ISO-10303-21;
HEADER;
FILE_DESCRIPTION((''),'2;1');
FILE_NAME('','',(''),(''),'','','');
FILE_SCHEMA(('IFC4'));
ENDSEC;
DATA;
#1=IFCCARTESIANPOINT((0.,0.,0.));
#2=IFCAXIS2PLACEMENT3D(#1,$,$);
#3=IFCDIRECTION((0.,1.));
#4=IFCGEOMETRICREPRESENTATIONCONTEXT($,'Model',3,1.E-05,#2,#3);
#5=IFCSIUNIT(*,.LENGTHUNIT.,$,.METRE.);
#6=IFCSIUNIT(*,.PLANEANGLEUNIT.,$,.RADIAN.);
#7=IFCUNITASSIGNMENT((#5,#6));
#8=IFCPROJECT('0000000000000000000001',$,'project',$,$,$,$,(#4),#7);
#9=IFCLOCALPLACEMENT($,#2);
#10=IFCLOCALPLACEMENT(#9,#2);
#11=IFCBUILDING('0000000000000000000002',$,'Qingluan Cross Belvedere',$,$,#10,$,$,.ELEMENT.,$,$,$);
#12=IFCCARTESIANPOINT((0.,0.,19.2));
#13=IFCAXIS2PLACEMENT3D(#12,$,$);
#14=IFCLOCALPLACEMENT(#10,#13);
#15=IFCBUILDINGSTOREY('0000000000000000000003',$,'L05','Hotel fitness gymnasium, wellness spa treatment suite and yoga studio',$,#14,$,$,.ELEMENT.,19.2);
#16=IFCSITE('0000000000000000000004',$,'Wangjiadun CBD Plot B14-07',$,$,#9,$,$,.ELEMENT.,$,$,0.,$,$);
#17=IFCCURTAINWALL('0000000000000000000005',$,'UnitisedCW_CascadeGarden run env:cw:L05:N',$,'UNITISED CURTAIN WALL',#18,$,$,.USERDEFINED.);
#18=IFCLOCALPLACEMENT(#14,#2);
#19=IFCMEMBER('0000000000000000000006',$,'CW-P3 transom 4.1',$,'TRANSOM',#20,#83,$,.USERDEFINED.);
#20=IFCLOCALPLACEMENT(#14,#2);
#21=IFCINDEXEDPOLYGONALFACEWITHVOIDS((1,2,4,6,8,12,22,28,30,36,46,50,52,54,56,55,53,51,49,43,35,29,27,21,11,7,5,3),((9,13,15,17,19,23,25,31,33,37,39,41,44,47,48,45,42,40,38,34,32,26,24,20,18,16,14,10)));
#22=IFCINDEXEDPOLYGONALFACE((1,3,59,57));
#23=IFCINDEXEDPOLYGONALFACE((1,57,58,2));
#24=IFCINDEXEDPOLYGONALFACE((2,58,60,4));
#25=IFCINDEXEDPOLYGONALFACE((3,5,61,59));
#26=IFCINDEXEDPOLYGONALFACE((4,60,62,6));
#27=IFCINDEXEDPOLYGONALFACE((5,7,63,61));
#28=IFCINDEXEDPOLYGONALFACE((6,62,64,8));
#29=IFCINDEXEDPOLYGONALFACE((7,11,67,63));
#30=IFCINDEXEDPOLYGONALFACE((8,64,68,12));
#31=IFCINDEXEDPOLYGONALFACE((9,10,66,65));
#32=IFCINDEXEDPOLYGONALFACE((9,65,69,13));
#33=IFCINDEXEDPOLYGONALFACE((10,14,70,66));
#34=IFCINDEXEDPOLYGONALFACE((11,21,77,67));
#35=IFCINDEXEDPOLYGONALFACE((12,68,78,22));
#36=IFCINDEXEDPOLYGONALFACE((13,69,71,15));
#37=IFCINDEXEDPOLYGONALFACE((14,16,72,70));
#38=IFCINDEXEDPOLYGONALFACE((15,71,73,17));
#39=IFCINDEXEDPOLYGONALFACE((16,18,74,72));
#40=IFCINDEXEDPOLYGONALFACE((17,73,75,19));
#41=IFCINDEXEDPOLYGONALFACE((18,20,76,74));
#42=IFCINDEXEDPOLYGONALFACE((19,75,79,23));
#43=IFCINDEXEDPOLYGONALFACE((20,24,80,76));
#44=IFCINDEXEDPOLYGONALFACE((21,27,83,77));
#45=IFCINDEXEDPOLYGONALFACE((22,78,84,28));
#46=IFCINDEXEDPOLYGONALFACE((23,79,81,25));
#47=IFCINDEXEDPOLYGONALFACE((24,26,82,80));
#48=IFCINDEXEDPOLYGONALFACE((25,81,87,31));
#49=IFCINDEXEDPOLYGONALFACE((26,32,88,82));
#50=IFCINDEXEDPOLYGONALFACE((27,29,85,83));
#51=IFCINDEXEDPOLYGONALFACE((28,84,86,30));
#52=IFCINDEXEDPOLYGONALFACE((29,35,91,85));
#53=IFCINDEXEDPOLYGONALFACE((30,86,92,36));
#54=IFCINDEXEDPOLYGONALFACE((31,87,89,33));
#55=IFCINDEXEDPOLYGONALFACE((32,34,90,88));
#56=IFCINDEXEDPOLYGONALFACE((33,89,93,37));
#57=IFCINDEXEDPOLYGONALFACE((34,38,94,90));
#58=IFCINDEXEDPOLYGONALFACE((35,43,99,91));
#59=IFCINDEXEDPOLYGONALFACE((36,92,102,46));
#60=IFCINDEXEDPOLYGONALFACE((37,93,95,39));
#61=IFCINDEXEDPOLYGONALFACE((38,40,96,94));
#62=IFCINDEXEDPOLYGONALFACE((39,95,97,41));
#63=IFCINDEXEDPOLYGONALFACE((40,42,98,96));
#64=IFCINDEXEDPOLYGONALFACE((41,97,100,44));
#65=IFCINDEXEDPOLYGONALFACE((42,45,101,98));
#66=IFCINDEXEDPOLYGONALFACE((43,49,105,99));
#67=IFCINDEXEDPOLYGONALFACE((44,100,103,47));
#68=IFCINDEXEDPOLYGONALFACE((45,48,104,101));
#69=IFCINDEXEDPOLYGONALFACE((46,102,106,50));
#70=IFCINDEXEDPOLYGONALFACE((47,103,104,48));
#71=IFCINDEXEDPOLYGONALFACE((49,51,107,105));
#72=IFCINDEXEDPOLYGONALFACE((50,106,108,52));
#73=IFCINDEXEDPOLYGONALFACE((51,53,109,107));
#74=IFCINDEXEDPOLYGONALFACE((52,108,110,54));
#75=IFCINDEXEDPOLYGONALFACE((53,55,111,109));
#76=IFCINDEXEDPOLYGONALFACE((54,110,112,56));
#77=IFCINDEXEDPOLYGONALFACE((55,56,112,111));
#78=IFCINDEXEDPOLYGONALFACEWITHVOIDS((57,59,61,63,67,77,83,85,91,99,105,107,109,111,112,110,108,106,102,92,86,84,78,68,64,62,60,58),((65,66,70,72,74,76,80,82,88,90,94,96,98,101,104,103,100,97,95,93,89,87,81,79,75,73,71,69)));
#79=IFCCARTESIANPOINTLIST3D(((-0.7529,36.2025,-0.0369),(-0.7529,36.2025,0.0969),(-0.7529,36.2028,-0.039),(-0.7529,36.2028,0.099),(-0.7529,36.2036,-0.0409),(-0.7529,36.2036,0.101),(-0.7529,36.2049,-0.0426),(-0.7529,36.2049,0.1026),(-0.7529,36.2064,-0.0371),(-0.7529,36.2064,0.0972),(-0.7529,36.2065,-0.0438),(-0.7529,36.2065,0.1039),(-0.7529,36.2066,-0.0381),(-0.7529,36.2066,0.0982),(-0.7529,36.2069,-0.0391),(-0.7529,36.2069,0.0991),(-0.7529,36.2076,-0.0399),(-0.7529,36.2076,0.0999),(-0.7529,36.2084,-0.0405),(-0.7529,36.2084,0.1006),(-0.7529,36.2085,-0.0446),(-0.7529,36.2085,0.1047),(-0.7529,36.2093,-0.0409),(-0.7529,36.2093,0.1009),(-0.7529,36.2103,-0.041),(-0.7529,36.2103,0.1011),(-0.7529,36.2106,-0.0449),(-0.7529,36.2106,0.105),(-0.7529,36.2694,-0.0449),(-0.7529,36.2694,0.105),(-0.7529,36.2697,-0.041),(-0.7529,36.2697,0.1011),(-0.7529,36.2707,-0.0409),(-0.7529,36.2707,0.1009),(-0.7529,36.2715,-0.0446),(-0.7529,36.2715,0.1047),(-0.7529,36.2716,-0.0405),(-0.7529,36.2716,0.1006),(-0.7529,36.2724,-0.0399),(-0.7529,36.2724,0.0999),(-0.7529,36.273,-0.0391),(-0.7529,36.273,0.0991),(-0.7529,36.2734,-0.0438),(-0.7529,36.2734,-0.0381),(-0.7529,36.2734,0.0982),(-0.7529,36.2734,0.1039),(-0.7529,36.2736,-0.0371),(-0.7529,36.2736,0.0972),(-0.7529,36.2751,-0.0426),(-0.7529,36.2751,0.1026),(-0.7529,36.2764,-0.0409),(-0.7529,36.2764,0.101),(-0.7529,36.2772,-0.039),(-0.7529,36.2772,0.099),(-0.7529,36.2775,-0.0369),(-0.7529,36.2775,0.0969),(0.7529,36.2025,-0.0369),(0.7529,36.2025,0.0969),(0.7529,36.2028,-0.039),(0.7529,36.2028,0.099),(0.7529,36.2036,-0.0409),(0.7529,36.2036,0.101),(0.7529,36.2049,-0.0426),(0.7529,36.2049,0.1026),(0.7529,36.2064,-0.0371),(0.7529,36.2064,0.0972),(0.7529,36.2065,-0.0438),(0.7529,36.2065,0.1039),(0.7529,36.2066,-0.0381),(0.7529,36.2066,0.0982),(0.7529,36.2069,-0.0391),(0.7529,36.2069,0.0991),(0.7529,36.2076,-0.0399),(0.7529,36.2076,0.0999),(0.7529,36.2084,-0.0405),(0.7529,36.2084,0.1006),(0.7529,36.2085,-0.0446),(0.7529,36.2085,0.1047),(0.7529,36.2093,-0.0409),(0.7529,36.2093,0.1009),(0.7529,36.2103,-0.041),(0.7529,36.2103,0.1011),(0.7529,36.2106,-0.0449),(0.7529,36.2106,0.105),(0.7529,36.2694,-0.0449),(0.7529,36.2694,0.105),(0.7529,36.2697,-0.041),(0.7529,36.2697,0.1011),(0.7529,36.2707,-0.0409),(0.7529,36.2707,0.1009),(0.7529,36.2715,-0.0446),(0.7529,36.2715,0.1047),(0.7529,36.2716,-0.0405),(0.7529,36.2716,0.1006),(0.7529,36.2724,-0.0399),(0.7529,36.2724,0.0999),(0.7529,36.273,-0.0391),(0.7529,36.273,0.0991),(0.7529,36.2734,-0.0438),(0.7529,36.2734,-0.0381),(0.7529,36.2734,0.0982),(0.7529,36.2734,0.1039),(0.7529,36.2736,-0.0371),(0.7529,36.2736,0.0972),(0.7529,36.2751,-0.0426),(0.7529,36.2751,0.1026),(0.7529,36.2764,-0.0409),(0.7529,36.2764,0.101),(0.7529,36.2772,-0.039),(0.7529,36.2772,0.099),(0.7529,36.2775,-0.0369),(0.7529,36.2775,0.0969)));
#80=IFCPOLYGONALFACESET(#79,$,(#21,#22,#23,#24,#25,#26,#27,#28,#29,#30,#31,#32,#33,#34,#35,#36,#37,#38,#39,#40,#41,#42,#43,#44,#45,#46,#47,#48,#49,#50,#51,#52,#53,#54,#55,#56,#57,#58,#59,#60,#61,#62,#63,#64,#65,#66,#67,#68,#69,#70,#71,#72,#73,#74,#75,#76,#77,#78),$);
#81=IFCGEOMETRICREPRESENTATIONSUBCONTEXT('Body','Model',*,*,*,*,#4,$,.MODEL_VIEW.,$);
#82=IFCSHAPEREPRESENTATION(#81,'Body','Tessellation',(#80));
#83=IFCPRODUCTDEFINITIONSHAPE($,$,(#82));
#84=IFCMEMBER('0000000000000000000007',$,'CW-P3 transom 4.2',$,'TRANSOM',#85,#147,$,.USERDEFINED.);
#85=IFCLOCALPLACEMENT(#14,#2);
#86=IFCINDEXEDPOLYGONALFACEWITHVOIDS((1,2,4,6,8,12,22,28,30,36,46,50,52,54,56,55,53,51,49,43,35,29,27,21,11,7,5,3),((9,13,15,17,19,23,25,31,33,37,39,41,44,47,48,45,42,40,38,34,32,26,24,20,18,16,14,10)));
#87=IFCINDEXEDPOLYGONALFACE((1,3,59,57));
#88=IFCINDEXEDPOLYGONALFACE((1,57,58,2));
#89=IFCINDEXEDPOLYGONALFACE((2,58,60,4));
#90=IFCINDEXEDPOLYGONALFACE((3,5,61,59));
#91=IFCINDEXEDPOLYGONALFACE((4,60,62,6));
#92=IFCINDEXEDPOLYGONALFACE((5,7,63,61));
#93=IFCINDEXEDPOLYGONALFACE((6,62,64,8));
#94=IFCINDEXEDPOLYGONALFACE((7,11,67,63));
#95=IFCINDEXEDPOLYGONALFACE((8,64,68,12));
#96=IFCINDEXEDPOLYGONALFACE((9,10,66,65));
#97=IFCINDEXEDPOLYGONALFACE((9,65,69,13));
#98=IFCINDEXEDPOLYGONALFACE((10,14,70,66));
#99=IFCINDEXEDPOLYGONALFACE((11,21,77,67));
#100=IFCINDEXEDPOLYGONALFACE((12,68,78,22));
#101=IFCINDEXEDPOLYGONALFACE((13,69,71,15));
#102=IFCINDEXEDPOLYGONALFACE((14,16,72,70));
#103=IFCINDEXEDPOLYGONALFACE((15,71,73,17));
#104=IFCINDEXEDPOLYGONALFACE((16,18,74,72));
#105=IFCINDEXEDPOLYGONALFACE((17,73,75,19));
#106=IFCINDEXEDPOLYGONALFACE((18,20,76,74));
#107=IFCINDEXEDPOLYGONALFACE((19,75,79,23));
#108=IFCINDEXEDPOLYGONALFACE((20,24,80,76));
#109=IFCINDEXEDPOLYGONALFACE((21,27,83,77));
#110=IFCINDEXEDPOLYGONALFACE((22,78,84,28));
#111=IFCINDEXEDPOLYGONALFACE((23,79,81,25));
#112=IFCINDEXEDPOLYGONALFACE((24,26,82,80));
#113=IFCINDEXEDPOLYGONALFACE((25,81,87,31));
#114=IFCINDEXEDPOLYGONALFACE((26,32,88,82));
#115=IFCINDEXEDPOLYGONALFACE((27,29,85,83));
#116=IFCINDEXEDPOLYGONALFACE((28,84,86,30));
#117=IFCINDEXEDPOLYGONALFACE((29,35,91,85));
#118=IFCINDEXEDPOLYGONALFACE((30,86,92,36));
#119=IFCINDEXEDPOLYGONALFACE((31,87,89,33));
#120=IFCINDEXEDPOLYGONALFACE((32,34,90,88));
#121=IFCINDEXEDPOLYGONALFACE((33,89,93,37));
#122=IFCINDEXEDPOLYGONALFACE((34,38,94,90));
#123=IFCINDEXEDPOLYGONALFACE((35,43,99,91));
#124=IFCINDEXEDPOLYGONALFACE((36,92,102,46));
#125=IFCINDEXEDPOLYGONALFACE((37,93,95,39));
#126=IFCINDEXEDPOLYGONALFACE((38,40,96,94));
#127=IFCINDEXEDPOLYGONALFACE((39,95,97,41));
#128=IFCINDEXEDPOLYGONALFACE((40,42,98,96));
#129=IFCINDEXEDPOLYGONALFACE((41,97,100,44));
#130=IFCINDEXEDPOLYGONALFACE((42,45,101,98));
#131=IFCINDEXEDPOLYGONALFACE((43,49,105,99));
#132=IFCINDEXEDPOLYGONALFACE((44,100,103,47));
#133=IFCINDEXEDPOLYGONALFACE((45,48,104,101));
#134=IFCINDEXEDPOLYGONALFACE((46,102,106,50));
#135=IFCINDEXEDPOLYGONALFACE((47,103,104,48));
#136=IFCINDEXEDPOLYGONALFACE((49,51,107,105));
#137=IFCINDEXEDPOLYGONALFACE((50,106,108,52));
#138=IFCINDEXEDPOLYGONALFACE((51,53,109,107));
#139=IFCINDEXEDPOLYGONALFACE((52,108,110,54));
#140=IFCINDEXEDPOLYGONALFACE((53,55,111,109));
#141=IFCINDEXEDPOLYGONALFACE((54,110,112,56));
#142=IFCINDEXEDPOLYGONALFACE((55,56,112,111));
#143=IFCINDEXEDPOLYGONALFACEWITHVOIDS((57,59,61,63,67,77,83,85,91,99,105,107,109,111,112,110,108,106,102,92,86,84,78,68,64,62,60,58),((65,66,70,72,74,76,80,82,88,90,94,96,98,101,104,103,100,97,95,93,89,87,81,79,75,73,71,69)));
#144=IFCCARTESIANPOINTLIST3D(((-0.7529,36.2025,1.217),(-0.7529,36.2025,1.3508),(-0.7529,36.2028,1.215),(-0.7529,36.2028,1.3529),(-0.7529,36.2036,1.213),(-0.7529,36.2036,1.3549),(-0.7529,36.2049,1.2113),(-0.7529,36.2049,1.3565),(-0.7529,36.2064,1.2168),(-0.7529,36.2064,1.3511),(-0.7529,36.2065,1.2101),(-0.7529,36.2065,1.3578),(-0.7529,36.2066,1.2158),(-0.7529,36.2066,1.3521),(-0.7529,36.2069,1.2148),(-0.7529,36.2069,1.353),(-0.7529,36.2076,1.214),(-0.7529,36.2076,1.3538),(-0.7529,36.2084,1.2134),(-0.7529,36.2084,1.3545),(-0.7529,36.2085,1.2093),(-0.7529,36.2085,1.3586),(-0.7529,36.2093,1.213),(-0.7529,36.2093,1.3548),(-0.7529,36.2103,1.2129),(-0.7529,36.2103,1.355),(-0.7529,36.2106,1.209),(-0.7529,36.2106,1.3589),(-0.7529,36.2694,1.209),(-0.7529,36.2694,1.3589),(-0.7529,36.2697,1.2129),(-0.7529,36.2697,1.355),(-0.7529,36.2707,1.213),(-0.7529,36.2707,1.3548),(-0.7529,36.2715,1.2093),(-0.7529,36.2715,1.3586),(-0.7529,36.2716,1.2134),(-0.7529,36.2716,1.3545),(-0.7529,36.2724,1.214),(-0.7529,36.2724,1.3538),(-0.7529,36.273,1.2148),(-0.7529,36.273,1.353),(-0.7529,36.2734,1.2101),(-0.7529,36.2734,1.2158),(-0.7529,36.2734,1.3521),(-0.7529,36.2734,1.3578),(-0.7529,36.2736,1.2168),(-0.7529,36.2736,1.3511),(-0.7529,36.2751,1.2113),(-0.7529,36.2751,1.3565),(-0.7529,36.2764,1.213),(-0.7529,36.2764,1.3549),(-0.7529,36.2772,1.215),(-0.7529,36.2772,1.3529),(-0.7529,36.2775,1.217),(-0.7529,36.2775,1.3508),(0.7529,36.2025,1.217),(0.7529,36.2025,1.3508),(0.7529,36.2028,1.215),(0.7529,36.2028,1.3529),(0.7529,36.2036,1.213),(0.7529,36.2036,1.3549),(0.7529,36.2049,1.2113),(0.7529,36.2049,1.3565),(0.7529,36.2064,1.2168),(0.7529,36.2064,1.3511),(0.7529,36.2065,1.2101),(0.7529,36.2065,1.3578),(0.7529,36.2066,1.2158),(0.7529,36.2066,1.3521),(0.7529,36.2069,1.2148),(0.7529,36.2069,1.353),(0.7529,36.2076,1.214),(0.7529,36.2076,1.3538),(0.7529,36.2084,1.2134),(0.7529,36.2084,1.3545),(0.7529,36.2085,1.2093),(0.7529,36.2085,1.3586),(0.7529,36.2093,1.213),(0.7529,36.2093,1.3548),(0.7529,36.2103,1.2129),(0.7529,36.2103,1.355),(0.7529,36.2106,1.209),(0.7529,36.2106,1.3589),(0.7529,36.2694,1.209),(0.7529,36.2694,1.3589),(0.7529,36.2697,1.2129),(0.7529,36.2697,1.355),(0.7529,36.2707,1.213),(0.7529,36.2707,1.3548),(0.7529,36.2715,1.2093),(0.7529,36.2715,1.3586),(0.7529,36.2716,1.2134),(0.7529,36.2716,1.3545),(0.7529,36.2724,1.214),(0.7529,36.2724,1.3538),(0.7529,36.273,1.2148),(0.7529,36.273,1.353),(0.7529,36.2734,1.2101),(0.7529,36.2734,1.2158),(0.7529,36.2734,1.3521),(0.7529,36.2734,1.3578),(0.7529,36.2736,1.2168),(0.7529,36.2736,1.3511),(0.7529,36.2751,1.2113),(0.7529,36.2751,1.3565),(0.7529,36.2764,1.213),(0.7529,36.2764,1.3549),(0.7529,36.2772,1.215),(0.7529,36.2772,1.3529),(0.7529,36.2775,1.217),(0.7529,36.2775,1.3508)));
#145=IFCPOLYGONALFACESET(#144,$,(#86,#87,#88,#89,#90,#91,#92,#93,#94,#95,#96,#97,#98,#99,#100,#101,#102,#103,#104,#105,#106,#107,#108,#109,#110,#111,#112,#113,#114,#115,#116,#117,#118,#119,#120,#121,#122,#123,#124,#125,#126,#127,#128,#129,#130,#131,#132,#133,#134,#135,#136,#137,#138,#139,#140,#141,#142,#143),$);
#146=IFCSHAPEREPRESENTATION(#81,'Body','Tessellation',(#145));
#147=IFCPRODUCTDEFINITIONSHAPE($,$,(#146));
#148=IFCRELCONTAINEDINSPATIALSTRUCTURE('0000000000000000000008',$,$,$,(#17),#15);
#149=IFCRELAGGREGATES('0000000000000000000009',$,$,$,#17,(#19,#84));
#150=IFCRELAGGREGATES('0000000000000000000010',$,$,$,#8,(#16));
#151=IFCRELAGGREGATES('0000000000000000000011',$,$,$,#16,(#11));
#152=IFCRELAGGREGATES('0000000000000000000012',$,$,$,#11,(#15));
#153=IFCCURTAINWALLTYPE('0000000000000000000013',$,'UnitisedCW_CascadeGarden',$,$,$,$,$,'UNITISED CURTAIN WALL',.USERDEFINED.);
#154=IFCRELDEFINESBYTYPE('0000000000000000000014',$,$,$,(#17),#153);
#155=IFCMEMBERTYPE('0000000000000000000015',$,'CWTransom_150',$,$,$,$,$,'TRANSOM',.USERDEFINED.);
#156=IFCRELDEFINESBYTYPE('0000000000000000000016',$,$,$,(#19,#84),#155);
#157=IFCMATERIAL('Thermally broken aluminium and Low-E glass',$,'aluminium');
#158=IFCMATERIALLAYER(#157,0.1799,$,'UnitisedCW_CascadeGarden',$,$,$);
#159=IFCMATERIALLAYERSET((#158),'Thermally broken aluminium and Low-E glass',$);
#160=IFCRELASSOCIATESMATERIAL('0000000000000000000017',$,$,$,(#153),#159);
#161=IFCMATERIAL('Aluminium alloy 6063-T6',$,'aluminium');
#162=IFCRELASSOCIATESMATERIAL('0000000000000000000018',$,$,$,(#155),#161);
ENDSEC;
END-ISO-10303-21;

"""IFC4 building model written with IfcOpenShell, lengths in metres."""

from ifc_helpers import new_model, si_unit, direction, frame, origin, origin_2d, place, context, subcontext, project, spatial, hollow_rectangle, extrude, material, layer, layer_set, material_profile, profile_set, type_object, element, aggregate, save


model = new_model("IFC4")

# Units and contexts
model_context = context("Model", 3, precision=1e-05, world=origin(), true_north=direction((0.0, 1.0)))
body_context = subcontext(model_context, "Body", "Model", "MODEL_VIEW")
ifc_project = project(units=[si_unit("LENGTHUNIT", "METRE"), si_unit("PLANEANGLEUNIT", "RADIAN")], contexts=[model_context])

# Site, building, storey
site_placement = place(None, origin())
site = spatial("IfcSite", under=ifc_project, at=site_placement, Name="Wangjiadun CBD Plot B14-07", CompositionType="ELEMENT", RefElevation=0.0)
building_placement = place(site_placement, origin())
building = spatial("IfcBuilding", under=site, at=building_placement, Name="Qingluan Cross Belvedere", CompositionType="ELEMENT")
storey_placement = place(building_placement, frame((0.0, 0.0, 19.2)))
storey = spatial("IfcBuildingStorey", under=building, at=storey_placement, Name="L05", Description="Hotel fitness gymnasium, wellness spa treatment suite and yoga studio", CompositionType="ELEMENT", Elevation=19.2)

# Curtain wall, members
ifc_material_1 = material(Name="Thermally broken aluminium and Low-E glass", Category="aluminium")
ifc_layer_1 = layer(ifc_material_1, 0.1799, Name="UnitisedCW_CascadeGarden")
ifc_layer_set_1 = layer_set([ifc_layer_1], Name="Thermally broken aluminium and Low-E glass")
curtain_wall_type = type_object("IfcCurtainWallType", Name="UnitisedCW_CascadeGarden", ElementType="UNITISED CURTAIN WALL", PredefinedType="USERDEFINED", material=ifc_layer_set_1)
curtain_wall_placement = place(storey_placement, origin())
curtain_wall = element("IfcCurtainWall", 1, at=curtain_wall_placement, inside=storey, type_object=curtain_wall_type, Name="UnitisedCW_CascadeGarden run env:cw:L05:N", ObjectType="UNITISED CURTAIN WALL", PredefinedType="USERDEFINED")
ifc_material_2 = material(Name="Aluminium alloy 6063-T6", Category="aluminium")
ifc_material_profile_1 = material_profile(ifc_material_2, hollow_rectangle(XDim=0.075, YDim=0.1499, WallThickness=0.0039, InnerFilletRadius=0.0039, OuterFilletRadius=0.0081, at=origin_2d()), Name="CWT150x75x4")
ifc_profile_set_1 = profile_set([ifc_material_profile_1], Name="Aluminium alloy 6063-T6")
member_type_1 = type_object("IfcMemberType", Name="CWTransom_150", ElementType="TRANSOM", PredefinedType="USERDEFINED", material=ifc_profile_set_1)
member_1_placement = place(storey_placement, frame((-0.7529, 36.24, 0.03), z_axis=(1.0, 0.0, 0.0), x_axis=(0.0, 1.0, 0.0)))
member_1 = element("IfcMember", 2, at=member_1_placement, type_object=member_type_1, Name="CW-P3 transom 4.1", ObjectType="TRANSOM", PredefinedType="USERDEFINED", context=body_context, shape_type="SweptSolid", body=[
    extrude(hollow_rectangle(XDim=0.075, YDim=0.1499, WallThickness=0.0039, InnerFilletRadius=0.0039, OuterFilletRadius=0.0081, at=origin_2d()), origin(), (0.0, 0.0, 1.0), 1.5059),
])
member_2_placement = place(storey_placement, frame((-0.7529, 36.24, 1.2839), z_axis=(1.0, 0.0, 0.0), x_axis=(0.0, 1.0, 0.0)))
member_2 = element("IfcMember", 3, at=member_2_placement, type_object=member_type_1, Name="CW-P3 transom 4.2", ObjectType="TRANSOM", PredefinedType="USERDEFINED", context=body_context, shape_type="SweptSolid", body=[
    extrude(hollow_rectangle(XDim=0.075, YDim=0.1499, WallThickness=0.0039, InnerFilletRadius=0.0039, OuterFilletRadius=0.0081, at=origin_2d()), origin(), (0.0, 0.0, 1.0), 1.5059),
])

aggregate(curtain_wall, [member_1, member_2])

save(model, "model.ifc")
